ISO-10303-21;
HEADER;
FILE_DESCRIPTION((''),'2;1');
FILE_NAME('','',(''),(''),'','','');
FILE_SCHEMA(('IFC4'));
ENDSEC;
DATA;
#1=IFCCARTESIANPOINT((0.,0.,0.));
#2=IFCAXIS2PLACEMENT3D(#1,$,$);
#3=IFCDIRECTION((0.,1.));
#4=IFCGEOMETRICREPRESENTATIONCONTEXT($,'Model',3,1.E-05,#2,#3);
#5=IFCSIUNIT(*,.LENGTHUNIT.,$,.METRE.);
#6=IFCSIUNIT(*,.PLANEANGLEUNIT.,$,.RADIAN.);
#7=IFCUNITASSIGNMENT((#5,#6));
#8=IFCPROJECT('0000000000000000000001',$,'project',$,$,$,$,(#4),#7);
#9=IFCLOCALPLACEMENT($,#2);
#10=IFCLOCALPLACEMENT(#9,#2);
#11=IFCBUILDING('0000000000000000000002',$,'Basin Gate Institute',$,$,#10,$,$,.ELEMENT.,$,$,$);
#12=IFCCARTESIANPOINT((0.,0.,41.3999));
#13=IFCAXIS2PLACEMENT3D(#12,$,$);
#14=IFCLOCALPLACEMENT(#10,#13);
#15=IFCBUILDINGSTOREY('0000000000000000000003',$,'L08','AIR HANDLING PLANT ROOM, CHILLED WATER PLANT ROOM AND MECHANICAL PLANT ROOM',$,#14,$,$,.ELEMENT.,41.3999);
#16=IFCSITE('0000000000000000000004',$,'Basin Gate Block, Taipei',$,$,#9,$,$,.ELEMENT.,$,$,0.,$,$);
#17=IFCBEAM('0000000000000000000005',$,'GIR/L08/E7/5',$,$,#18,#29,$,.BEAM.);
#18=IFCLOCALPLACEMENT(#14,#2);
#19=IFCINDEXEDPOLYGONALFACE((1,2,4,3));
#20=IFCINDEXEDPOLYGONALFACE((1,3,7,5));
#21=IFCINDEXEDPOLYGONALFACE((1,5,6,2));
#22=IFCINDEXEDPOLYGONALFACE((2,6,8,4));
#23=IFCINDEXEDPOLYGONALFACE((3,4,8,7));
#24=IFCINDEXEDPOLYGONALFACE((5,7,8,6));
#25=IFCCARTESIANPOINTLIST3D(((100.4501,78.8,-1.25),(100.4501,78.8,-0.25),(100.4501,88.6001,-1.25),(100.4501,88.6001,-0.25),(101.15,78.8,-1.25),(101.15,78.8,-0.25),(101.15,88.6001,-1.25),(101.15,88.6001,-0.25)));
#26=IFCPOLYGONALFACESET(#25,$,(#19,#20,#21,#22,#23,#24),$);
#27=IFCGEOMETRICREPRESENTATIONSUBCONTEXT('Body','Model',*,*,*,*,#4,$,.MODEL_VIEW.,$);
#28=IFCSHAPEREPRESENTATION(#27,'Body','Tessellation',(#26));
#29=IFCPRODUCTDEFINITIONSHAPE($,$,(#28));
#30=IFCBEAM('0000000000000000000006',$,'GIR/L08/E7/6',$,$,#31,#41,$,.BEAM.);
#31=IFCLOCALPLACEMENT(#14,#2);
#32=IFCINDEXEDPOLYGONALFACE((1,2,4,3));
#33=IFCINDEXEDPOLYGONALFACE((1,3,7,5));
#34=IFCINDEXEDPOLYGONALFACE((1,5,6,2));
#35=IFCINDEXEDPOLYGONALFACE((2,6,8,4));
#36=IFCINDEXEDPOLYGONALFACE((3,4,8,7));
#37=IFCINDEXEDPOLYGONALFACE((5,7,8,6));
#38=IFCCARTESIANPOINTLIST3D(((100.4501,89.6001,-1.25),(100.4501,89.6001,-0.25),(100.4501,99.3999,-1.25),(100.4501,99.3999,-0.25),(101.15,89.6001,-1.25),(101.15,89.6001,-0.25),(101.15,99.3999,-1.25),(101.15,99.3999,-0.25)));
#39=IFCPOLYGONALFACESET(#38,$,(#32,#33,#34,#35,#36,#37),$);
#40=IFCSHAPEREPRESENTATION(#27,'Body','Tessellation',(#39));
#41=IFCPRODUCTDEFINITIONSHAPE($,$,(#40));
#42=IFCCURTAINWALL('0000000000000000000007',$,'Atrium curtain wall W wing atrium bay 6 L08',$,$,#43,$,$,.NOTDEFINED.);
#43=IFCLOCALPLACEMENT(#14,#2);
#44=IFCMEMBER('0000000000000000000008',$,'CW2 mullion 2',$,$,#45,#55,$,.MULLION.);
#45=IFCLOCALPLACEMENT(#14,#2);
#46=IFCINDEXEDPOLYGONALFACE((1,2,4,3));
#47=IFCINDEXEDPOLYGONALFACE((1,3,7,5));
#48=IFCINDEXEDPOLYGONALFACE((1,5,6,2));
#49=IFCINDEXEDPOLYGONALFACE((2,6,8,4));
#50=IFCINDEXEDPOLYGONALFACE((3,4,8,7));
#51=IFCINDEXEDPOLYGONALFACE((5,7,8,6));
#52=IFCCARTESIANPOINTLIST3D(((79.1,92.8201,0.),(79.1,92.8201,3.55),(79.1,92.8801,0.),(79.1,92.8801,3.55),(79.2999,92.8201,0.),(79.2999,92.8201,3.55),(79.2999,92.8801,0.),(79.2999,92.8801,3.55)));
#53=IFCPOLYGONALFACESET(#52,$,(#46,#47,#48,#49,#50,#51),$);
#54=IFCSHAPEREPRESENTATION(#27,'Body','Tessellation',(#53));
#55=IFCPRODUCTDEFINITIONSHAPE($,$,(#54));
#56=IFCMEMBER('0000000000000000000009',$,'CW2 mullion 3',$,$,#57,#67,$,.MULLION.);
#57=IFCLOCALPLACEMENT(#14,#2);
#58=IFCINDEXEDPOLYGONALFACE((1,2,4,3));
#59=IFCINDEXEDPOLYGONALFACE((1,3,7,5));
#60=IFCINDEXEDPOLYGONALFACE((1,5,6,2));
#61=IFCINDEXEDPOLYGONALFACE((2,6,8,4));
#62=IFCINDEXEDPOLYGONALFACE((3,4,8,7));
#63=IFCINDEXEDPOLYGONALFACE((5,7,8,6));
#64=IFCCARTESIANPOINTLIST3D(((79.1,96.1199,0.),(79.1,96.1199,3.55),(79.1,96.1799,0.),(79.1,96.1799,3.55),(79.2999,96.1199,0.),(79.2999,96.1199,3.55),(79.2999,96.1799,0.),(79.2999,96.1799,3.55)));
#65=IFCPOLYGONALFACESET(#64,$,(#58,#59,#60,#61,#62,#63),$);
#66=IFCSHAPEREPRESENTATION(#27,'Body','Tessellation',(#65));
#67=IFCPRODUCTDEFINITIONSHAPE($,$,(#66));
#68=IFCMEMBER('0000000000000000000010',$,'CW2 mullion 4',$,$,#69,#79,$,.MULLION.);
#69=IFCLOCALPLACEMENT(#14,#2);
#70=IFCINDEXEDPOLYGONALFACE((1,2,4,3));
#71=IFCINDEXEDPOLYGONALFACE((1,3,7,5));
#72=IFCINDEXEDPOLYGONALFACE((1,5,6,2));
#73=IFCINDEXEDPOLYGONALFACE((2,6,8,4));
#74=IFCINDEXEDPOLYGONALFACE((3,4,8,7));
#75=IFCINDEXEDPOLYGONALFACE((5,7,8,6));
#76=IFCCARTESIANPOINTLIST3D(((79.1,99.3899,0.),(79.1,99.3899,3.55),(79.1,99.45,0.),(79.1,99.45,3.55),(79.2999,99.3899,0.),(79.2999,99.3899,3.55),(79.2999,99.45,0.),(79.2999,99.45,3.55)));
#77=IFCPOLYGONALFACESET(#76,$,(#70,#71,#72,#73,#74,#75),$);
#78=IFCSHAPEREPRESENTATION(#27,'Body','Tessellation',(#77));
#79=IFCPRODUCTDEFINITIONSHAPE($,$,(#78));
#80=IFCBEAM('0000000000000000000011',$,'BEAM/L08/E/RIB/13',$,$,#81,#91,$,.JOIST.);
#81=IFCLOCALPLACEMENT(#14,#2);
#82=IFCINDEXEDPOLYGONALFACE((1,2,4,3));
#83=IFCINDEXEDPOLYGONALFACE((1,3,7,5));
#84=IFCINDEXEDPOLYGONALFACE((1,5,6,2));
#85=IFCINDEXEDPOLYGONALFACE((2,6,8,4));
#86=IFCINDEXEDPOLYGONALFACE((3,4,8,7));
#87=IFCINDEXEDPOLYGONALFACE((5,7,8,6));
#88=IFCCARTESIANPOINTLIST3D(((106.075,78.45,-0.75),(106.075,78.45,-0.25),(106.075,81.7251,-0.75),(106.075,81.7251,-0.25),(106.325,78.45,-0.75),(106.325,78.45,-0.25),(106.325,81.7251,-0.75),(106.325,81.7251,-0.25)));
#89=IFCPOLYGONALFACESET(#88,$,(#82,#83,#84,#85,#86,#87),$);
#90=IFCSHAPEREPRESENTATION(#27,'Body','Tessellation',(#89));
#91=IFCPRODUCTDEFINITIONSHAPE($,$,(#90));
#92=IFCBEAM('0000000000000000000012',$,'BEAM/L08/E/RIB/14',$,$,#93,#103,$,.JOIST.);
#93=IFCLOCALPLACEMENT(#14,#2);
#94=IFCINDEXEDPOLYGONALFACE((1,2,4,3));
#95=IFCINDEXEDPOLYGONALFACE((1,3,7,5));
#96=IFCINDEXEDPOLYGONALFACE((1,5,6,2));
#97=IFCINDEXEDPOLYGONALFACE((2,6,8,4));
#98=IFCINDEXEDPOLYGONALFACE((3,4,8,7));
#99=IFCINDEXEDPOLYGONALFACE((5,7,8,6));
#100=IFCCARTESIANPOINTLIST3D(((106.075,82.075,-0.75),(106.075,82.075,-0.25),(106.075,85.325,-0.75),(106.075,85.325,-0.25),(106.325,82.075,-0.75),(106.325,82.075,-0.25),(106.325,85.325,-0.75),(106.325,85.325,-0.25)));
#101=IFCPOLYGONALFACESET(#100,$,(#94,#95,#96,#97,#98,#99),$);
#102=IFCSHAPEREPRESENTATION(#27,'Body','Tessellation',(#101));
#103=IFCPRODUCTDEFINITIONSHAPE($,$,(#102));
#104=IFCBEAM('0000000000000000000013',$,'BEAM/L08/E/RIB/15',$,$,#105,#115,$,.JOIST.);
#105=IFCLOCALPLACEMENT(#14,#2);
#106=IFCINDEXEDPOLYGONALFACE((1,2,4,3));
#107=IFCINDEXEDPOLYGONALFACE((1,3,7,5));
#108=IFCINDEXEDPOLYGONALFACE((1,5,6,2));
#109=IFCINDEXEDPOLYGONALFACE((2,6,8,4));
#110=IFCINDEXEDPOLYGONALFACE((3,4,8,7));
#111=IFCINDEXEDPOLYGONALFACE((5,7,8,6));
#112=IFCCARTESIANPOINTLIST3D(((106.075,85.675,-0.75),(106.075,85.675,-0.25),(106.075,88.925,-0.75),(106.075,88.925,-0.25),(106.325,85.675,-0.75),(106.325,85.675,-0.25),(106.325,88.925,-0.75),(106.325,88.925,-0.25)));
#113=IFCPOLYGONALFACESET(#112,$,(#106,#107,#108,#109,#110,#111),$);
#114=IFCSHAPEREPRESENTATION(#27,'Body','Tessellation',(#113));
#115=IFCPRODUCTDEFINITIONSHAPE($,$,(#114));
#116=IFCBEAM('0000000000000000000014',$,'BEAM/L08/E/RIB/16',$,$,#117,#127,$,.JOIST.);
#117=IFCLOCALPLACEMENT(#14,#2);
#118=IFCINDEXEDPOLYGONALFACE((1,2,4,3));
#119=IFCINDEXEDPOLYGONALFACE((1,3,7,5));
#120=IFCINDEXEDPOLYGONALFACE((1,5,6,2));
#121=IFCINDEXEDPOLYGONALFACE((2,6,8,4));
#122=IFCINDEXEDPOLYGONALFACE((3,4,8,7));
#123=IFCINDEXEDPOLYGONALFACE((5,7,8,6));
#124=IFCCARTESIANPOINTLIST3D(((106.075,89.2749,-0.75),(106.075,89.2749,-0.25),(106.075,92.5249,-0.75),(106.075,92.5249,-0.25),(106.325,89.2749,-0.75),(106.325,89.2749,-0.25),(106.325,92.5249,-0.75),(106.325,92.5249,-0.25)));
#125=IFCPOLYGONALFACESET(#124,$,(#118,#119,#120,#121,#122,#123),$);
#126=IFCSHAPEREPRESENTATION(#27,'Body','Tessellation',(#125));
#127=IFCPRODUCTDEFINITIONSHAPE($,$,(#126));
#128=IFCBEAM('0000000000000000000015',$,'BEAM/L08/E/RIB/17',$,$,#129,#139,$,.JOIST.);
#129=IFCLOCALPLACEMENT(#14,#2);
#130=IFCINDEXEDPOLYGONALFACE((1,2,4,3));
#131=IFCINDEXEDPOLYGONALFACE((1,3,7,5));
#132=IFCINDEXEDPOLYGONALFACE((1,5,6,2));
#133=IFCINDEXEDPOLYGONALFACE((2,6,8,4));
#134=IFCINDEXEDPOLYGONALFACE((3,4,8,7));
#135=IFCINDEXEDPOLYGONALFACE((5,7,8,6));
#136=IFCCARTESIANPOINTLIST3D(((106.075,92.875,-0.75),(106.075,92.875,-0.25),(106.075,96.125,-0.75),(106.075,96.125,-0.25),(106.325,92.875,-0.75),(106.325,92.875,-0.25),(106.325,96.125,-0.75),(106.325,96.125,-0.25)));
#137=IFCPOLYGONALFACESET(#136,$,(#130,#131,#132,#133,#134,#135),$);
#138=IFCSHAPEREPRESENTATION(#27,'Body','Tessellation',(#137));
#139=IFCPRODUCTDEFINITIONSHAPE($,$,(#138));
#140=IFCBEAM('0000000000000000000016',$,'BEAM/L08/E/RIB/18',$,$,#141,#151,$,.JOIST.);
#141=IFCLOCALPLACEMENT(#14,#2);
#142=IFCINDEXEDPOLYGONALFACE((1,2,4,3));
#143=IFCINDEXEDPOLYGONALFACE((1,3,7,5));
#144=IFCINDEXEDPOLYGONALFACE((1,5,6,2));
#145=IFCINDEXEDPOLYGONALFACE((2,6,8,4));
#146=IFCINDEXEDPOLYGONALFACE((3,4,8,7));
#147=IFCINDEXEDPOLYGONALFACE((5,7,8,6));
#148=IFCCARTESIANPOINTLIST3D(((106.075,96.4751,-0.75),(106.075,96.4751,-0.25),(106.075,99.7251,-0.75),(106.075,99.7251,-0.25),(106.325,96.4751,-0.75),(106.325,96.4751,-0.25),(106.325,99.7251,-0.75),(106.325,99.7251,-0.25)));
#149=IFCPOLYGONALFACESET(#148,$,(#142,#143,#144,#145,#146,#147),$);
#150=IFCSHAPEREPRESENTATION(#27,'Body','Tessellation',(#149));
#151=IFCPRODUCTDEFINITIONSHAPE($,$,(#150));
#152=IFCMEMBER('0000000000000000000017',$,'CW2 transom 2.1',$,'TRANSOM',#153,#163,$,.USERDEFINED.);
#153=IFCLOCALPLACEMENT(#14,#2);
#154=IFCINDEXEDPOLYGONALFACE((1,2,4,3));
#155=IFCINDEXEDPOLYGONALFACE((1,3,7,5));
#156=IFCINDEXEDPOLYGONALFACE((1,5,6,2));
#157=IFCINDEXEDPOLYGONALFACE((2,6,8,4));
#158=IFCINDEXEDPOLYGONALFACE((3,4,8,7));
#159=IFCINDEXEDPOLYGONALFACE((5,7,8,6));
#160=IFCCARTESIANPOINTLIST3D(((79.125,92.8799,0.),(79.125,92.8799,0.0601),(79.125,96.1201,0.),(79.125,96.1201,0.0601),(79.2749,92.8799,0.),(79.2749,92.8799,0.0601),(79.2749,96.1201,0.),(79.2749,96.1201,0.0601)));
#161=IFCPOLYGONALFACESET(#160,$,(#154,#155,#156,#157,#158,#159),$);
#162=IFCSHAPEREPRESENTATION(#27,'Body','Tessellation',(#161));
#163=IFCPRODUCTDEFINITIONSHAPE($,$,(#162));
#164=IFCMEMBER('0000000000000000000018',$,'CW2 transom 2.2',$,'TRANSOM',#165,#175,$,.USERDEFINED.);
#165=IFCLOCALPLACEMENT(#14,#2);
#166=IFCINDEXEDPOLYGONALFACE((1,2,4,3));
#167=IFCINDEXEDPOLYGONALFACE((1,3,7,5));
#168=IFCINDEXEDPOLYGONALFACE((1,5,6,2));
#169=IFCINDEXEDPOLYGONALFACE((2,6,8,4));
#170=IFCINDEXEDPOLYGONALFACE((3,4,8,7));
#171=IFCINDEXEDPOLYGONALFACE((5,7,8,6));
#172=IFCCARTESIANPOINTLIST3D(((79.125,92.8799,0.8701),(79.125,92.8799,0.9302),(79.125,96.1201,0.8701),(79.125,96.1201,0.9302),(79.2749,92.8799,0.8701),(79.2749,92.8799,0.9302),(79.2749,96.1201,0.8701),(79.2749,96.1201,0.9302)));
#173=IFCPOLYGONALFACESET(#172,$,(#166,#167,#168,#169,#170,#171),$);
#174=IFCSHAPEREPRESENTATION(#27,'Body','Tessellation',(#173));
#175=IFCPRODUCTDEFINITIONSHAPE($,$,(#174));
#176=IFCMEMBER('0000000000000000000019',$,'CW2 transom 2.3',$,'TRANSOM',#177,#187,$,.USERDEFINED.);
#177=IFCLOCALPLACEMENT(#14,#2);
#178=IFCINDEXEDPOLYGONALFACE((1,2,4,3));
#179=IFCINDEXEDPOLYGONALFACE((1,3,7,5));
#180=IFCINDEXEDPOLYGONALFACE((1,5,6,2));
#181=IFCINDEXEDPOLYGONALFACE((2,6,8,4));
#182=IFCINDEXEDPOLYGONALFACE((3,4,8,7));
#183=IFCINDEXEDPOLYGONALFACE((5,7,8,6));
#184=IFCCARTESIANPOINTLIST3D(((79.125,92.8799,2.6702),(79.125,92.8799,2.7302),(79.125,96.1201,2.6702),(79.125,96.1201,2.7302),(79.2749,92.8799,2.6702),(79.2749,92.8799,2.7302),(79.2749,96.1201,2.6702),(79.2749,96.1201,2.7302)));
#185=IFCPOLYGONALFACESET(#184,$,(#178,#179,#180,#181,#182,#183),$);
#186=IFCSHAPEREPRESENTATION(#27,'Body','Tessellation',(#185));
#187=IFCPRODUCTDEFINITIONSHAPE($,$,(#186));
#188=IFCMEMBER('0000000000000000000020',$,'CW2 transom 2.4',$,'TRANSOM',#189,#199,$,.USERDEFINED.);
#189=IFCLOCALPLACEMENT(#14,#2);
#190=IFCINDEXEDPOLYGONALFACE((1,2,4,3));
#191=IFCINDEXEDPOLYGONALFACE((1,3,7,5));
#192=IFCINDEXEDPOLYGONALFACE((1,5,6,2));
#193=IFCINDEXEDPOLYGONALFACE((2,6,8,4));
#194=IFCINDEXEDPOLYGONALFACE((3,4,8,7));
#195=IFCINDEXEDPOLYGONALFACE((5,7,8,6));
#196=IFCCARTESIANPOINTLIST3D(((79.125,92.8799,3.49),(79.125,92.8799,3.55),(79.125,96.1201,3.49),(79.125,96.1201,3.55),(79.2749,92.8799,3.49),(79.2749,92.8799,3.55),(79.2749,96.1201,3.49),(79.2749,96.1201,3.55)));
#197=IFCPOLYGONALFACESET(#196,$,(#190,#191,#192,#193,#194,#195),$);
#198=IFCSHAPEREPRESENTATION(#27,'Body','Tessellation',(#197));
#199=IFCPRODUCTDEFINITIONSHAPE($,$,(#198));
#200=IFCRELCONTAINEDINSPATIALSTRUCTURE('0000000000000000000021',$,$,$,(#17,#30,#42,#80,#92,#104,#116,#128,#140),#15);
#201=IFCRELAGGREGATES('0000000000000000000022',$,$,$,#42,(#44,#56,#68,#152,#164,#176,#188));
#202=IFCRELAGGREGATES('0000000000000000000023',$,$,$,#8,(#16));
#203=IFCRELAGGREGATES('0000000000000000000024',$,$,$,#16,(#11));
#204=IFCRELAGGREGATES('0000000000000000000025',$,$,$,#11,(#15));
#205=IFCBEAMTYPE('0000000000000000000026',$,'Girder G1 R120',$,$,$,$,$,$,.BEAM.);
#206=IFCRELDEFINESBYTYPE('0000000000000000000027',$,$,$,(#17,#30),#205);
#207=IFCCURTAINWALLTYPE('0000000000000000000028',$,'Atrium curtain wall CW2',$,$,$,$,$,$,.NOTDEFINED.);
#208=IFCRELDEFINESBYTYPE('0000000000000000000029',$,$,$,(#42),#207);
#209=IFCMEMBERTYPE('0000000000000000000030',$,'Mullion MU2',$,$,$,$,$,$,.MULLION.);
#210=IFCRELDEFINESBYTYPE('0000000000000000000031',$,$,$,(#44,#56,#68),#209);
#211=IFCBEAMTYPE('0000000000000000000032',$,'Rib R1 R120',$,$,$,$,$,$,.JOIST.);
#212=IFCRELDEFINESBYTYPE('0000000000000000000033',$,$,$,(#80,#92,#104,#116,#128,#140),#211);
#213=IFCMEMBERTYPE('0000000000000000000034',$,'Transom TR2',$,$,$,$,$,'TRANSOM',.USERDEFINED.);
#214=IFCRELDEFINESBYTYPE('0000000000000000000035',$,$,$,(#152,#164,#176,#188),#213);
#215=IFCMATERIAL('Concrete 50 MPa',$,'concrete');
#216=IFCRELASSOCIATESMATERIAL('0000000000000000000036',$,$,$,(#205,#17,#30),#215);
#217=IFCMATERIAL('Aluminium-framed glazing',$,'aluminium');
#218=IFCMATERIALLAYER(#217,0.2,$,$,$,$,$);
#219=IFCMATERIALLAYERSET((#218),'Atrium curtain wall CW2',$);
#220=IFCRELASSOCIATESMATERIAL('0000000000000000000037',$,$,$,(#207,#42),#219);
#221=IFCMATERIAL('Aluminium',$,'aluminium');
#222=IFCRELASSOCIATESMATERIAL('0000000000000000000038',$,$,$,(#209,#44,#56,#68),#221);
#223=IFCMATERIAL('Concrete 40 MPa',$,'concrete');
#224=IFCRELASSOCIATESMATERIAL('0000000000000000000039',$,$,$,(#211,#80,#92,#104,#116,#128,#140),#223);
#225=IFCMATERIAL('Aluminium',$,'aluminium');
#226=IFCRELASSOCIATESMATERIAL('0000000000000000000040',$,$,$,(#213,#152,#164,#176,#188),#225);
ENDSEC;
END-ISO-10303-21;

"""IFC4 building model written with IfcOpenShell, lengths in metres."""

from ifc_helpers import new_model, si_unit, direction, frame, origin, origin_2d, place, context, subcontext, project, spatial, rectangle, extrude, material, layer, layer_set, material_profile, profile_set, type_object, element, aggregate, save


model = new_model("IFC4")

# Units and contexts
model_context = context("Model", 3, precision=1e-05, world=origin(), true_north=direction((0.0, 1.0)))
body_context = subcontext(model_context, "Body", "Model", "MODEL_VIEW")
ifc_project = project(units=[si_unit("LENGTHUNIT", "METRE"), si_unit("PLANEANGLEUNIT", "RADIAN")], contexts=[model_context])

# Site, building, storey
site_placement = place(None, origin())
site = spatial("IfcSite", under=ifc_project, at=site_placement, Name="Basin Gate Block, Taipei", CompositionType="ELEMENT", RefElevation=0.0)
building_placement = place(site_placement, origin())
building = spatial("IfcBuilding", under=site, at=building_placement, Name="Basin Gate Institute", CompositionType="ELEMENT")
storey_placement = place(building_placement, frame((0.0, 0.0, 41.3999)))
storey = spatial("IfcBuildingStorey", under=building, at=storey_placement, Name="L08", Description="AIR HANDLING PLANT ROOM, CHILLED WATER PLANT ROOM AND MECHANICAL PLANT ROOM", CompositionType="ELEMENT", Elevation=41.3999)

# Beams
ifc_material_1 = material(Name="Concrete 50 MPa", Category="concrete")
ifc_material_profile_1 = material_profile(ifc_material_1, rectangle(XDim=0.7, YDim=1.0, at=origin_2d()), Name="Girder G1 700 x 1000")
ifc_profile_set_1 = profile_set([ifc_material_profile_1], Name="Concrete 50 MPa")
beam_type_1 = type_object("IfcBeamType", Name="Girder G1 R120", PredefinedType="BEAM", material=ifc_profile_set_1)
beam_1_placement = place(storey_placement, frame((100.8, 78.8, -0.75), z_axis=(0.0, 1.0, 0.0), x_axis=(-1.0, 0.0, 0.0)))
element("IfcBeam", 1, at=beam_1_placement, inside=storey, type_object=beam_type_1, material=ifc_profile_set_1, Name="GIR/L08/E7/5", PredefinedType="BEAM", context=body_context, shape_type="SweptSolid", body=[
    extrude(rectangle(XDim=0.7, YDim=1.0, at=origin_2d()), origin(), (0.0, 0.0, 1.0), 9.8),
])
beam_2_placement = place(storey_placement, frame((100.8, 89.6001, -0.75), z_axis=(0.0, 1.0, 0.0), x_axis=(-1.0, 0.0, 0.0)))
element("IfcBeam", 2, at=beam_2_placement, inside=storey, type_object=beam_type_1, material=ifc_profile_set_1, Name="GIR/L08/E7/6", PredefinedType="BEAM", context=body_context, shape_type="SweptSolid", body=[
    extrude(rectangle(XDim=0.7, YDim=1.0, at=origin_2d()), origin(), (0.0, 0.0, 1.0), 9.7998),
])

# Curtain wall, members
ifc_material_2 = material(Name="Aluminium-framed glazing", Category="aluminium")
ifc_layer_1 = layer(ifc_material_2, 0.2)
ifc_layer_set_1 = layer_set([ifc_layer_1], Name="Atrium curtain wall CW2")
curtain_wall_type = type_object("IfcCurtainWallType", Name="Atrium curtain wall CW2", PredefinedType="NOTDEFINED", material=ifc_layer_set_1)
curtain_wall_placement = place(storey_placement, origin())
curtain_wall = element("IfcCurtainWall", 3, at=curtain_wall_placement, inside=storey, type_object=curtain_wall_type, material=ifc_layer_set_1, Name="Atrium curtain wall W wing atrium bay 6 L08", PredefinedType="NOTDEFINED")
ifc_material_3 = material(Name="Aluminium", Category="aluminium")
ifc_material_profile_2 = material_profile(ifc_material_3, rectangle(XDim=0.2, YDim=0.0601, at=origin_2d()), Name="Mullion MU2 200 x 60")
ifc_profile_set_2 = profile_set([ifc_material_profile_2], Name="Aluminium")
member_type_1 = type_object("IfcMemberType", Name="Mullion MU2", PredefinedType="MULLION", material=ifc_profile_set_2)
member_1_placement = place(storey_placement, frame((79.2, 92.8501, 0.0), z_axis=(0.0, 0.0, 1.0), x_axis=(-1.0, 0.0, 0.0)))
member_1 = element("IfcMember", 4, at=member_1_placement, type_object=member_type_1, material=ifc_profile_set_2, Name="CW2 mullion 2", PredefinedType="MULLION", context=body_context, shape_type="SweptSolid", body=[
    extrude(rectangle(XDim=0.2, YDim=0.0601, at=origin_2d()), origin(), (0.0, 0.0, 1.0), 3.55),
])
member_2_placement = place(storey_placement, frame((79.2, 96.1499, 0.0), z_axis=(0.0, 0.0, 1.0), x_axis=(-1.0, 0.0, 0.0)))
member_2 = element("IfcMember", 5, at=member_2_placement, type_object=member_type_1, material=ifc_profile_set_2, Name="CW2 mullion 3", PredefinedType="MULLION", context=body_context, shape_type="SweptSolid", body=[
    extrude(rectangle(XDim=0.2, YDim=0.0601, at=origin_2d()), origin(), (0.0, 0.0, 1.0), 3.55),
])
member_3_placement = place(storey_placement, frame((79.2, 99.4199, 0.0), z_axis=(0.0, 0.0, 1.0), x_axis=(-1.0, 0.0, 0.0)))
member_3 = element("IfcMember", 6, at=member_3_placement, type_object=member_type_1, material=ifc_profile_set_2, Name="CW2 mullion 4", PredefinedType="MULLION", context=body_context, shape_type="SweptSolid", body=[
    extrude(rectangle(XDim=0.2, YDim=0.0601, at=origin_2d()), origin(), (0.0, 0.0, 1.0), 3.55),
])

# Beams
ifc_material_4 = material(Name="Concrete 40 MPa", Category="concrete")
ifc_material_profile_3 = material_profile(ifc_material_4, rectangle(XDim=0.25, YDim=0.5, at=origin_2d()), Name="Rib R1 250 x 500")
ifc_profile_set_3 = profile_set([ifc_material_profile_3], Name="Concrete 40 MPa")
beam_type_2 = type_object("IfcBeamType", Name="Rib R1 R120", PredefinedType="JOIST", material=ifc_profile_set_3)
beam_3_placement = place(storey_placement, frame((106.2, 78.45, -0.5), z_axis=(0.0, 1.0, 0.0), x_axis=(-1.0, 0.0, 0.0)))
element("IfcBeam", 7, at=beam_3_placement, inside=storey, type_object=beam_type_2, material=ifc_profile_set_3, Name="BEAM/L08/E/RIB/13", PredefinedType="JOIST", context=body_context, shape_type="SweptSolid", body=[
    extrude(rectangle(XDim=0.25, YDim=0.5, at=origin_2d()), origin(), (0.0, 0.0, 1.0), 3.2751),
])
for number, where, z_axis, x_axis, name in (
    (8, (106.2, 82.075, -0.5), (0.0, 1.0, 0.0), (-1.0, 0.0, 0.0), "BEAM/L08/E/RIB/14"),
    (9, (106.2, 85.675, -0.5), (0.0, 1.0, 0.0), (-1.0, 0.0, 0.0), "BEAM/L08/E/RIB/15"),
    (10, (106.2, 89.2749, -0.5), (0.0, 1.0, 0.0), (-1.0, 0.0, 0.0), "BEAM/L08/E/RIB/16"),
    (11, (106.2, 92.875, -0.5), (0.0, 1.0, 0.0), (-1.0, 0.0, 0.0), "BEAM/L08/E/RIB/17"),
    (12, (106.2, 96.4751, -0.5), (0.0, 1.0, 0.0), (-1.0, 0.0, 0.0), "BEAM/L08/E/RIB/18"),
):
    element("IfcBeam", number, at=place(storey_placement, frame(where, z_axis=z_axis, x_axis=x_axis)), inside=storey, type_object=beam_type_2, material=ifc_profile_set_3, Name=name, PredefinedType="JOIST", context=body_context, shape_type="SweptSolid", body=[
        extrude(rectangle(XDim=0.25, YDim=0.5, at=origin_2d()), origin(), (0.0, 0.0, 1.0), 3.25),
    ])

# Members
ifc_material_5 = material(Name="Aluminium", Category="aluminium")
ifc_material_profile_4 = material_profile(ifc_material_5, rectangle(XDim=0.1499, YDim=0.0601, at=origin_2d()), Name="Transom TR2 150 x 60")
ifc_profile_set_4 = profile_set([ifc_material_profile_4], Name="Aluminium")
member_type_2 = type_object("IfcMemberType", Name="Transom TR2", ElementType="TRANSOM", PredefinedType="USERDEFINED", material=ifc_profile_set_4)
member_4_placement = place(storey_placement, frame((79.2, 92.8799, 0.03), z_axis=(0.0, 1.0, 0.0), x_axis=(-1.0, 0.0, 0.0)))
member_4 = element("IfcMember", 13, at=member_4_placement, type_object=member_type_2, material=ifc_profile_set_4, Name="CW2 transom 2.1", ObjectType="TRANSOM", PredefinedType="USERDEFINED", context=body_context, shape_type="SweptSolid", body=[
    extrude(rectangle(XDim=0.1499, YDim=0.0601, at=origin_2d()), origin(), (0.0, 0.0, 1.0), 3.2402),
])
member_5_placement = place(storey_placement, frame((79.2, 92.8799, 0.9001), z_axis=(0.0, 1.0, 0.0), x_axis=(-1.0, 0.0, 0.0)))
member_5 = element("IfcMember", 14, at=member_5_placement, type_object=member_type_2, material=ifc_profile_set_4, Name="CW2 transom 2.2", ObjectType="TRANSOM", PredefinedType="USERDEFINED", context=body_context, shape_type="SweptSolid", body=[
    extrude(rectangle(XDim=0.1499, YDim=0.0601, at=origin_2d()), origin(), (0.0, 0.0, 1.0), 3.2402),
])
member_6_placement = place(storey_placement, frame((79.2, 92.8799, 2.7002), z_axis=(0.0, 1.0, 0.0), x_axis=(-1.0, 0.0, 0.0)))
member_6 = element("IfcMember", 15, at=member_6_placement, type_object=member_type_2, material=ifc_profile_set_4, Name="CW2 transom 2.3", ObjectType="TRANSOM", PredefinedType="USERDEFINED", context=body_context, shape_type="SweptSolid", body=[
    extrude(rectangle(XDim=0.1499, YDim=0.0601, at=origin_2d()), origin(), (0.0, 0.0, 1.0), 3.2402),
])
member_7_placement = place(storey_placement, frame((79.2, 92.8799, 3.52), z_axis=(0.0, 1.0, 0.0), x_axis=(-1.0, 0.0, 0.0)))
member_7 = element("IfcMember", 16, at=member_7_placement, type_object=member_type_2, material=ifc_profile_set_4, Name="CW2 transom 2.4", ObjectType="TRANSOM", PredefinedType="USERDEFINED", context=body_context, shape_type="SweptSolid", body=[
    extrude(rectangle(XDim=0.1499, YDim=0.0601, at=origin_2d()), origin(), (0.0, 0.0, 1.0), 3.2402),
])

aggregate(curtain_wall, [member_1, member_2, member_3, member_4, member_5, member_6, member_7])

save(model, "model.ifc")
